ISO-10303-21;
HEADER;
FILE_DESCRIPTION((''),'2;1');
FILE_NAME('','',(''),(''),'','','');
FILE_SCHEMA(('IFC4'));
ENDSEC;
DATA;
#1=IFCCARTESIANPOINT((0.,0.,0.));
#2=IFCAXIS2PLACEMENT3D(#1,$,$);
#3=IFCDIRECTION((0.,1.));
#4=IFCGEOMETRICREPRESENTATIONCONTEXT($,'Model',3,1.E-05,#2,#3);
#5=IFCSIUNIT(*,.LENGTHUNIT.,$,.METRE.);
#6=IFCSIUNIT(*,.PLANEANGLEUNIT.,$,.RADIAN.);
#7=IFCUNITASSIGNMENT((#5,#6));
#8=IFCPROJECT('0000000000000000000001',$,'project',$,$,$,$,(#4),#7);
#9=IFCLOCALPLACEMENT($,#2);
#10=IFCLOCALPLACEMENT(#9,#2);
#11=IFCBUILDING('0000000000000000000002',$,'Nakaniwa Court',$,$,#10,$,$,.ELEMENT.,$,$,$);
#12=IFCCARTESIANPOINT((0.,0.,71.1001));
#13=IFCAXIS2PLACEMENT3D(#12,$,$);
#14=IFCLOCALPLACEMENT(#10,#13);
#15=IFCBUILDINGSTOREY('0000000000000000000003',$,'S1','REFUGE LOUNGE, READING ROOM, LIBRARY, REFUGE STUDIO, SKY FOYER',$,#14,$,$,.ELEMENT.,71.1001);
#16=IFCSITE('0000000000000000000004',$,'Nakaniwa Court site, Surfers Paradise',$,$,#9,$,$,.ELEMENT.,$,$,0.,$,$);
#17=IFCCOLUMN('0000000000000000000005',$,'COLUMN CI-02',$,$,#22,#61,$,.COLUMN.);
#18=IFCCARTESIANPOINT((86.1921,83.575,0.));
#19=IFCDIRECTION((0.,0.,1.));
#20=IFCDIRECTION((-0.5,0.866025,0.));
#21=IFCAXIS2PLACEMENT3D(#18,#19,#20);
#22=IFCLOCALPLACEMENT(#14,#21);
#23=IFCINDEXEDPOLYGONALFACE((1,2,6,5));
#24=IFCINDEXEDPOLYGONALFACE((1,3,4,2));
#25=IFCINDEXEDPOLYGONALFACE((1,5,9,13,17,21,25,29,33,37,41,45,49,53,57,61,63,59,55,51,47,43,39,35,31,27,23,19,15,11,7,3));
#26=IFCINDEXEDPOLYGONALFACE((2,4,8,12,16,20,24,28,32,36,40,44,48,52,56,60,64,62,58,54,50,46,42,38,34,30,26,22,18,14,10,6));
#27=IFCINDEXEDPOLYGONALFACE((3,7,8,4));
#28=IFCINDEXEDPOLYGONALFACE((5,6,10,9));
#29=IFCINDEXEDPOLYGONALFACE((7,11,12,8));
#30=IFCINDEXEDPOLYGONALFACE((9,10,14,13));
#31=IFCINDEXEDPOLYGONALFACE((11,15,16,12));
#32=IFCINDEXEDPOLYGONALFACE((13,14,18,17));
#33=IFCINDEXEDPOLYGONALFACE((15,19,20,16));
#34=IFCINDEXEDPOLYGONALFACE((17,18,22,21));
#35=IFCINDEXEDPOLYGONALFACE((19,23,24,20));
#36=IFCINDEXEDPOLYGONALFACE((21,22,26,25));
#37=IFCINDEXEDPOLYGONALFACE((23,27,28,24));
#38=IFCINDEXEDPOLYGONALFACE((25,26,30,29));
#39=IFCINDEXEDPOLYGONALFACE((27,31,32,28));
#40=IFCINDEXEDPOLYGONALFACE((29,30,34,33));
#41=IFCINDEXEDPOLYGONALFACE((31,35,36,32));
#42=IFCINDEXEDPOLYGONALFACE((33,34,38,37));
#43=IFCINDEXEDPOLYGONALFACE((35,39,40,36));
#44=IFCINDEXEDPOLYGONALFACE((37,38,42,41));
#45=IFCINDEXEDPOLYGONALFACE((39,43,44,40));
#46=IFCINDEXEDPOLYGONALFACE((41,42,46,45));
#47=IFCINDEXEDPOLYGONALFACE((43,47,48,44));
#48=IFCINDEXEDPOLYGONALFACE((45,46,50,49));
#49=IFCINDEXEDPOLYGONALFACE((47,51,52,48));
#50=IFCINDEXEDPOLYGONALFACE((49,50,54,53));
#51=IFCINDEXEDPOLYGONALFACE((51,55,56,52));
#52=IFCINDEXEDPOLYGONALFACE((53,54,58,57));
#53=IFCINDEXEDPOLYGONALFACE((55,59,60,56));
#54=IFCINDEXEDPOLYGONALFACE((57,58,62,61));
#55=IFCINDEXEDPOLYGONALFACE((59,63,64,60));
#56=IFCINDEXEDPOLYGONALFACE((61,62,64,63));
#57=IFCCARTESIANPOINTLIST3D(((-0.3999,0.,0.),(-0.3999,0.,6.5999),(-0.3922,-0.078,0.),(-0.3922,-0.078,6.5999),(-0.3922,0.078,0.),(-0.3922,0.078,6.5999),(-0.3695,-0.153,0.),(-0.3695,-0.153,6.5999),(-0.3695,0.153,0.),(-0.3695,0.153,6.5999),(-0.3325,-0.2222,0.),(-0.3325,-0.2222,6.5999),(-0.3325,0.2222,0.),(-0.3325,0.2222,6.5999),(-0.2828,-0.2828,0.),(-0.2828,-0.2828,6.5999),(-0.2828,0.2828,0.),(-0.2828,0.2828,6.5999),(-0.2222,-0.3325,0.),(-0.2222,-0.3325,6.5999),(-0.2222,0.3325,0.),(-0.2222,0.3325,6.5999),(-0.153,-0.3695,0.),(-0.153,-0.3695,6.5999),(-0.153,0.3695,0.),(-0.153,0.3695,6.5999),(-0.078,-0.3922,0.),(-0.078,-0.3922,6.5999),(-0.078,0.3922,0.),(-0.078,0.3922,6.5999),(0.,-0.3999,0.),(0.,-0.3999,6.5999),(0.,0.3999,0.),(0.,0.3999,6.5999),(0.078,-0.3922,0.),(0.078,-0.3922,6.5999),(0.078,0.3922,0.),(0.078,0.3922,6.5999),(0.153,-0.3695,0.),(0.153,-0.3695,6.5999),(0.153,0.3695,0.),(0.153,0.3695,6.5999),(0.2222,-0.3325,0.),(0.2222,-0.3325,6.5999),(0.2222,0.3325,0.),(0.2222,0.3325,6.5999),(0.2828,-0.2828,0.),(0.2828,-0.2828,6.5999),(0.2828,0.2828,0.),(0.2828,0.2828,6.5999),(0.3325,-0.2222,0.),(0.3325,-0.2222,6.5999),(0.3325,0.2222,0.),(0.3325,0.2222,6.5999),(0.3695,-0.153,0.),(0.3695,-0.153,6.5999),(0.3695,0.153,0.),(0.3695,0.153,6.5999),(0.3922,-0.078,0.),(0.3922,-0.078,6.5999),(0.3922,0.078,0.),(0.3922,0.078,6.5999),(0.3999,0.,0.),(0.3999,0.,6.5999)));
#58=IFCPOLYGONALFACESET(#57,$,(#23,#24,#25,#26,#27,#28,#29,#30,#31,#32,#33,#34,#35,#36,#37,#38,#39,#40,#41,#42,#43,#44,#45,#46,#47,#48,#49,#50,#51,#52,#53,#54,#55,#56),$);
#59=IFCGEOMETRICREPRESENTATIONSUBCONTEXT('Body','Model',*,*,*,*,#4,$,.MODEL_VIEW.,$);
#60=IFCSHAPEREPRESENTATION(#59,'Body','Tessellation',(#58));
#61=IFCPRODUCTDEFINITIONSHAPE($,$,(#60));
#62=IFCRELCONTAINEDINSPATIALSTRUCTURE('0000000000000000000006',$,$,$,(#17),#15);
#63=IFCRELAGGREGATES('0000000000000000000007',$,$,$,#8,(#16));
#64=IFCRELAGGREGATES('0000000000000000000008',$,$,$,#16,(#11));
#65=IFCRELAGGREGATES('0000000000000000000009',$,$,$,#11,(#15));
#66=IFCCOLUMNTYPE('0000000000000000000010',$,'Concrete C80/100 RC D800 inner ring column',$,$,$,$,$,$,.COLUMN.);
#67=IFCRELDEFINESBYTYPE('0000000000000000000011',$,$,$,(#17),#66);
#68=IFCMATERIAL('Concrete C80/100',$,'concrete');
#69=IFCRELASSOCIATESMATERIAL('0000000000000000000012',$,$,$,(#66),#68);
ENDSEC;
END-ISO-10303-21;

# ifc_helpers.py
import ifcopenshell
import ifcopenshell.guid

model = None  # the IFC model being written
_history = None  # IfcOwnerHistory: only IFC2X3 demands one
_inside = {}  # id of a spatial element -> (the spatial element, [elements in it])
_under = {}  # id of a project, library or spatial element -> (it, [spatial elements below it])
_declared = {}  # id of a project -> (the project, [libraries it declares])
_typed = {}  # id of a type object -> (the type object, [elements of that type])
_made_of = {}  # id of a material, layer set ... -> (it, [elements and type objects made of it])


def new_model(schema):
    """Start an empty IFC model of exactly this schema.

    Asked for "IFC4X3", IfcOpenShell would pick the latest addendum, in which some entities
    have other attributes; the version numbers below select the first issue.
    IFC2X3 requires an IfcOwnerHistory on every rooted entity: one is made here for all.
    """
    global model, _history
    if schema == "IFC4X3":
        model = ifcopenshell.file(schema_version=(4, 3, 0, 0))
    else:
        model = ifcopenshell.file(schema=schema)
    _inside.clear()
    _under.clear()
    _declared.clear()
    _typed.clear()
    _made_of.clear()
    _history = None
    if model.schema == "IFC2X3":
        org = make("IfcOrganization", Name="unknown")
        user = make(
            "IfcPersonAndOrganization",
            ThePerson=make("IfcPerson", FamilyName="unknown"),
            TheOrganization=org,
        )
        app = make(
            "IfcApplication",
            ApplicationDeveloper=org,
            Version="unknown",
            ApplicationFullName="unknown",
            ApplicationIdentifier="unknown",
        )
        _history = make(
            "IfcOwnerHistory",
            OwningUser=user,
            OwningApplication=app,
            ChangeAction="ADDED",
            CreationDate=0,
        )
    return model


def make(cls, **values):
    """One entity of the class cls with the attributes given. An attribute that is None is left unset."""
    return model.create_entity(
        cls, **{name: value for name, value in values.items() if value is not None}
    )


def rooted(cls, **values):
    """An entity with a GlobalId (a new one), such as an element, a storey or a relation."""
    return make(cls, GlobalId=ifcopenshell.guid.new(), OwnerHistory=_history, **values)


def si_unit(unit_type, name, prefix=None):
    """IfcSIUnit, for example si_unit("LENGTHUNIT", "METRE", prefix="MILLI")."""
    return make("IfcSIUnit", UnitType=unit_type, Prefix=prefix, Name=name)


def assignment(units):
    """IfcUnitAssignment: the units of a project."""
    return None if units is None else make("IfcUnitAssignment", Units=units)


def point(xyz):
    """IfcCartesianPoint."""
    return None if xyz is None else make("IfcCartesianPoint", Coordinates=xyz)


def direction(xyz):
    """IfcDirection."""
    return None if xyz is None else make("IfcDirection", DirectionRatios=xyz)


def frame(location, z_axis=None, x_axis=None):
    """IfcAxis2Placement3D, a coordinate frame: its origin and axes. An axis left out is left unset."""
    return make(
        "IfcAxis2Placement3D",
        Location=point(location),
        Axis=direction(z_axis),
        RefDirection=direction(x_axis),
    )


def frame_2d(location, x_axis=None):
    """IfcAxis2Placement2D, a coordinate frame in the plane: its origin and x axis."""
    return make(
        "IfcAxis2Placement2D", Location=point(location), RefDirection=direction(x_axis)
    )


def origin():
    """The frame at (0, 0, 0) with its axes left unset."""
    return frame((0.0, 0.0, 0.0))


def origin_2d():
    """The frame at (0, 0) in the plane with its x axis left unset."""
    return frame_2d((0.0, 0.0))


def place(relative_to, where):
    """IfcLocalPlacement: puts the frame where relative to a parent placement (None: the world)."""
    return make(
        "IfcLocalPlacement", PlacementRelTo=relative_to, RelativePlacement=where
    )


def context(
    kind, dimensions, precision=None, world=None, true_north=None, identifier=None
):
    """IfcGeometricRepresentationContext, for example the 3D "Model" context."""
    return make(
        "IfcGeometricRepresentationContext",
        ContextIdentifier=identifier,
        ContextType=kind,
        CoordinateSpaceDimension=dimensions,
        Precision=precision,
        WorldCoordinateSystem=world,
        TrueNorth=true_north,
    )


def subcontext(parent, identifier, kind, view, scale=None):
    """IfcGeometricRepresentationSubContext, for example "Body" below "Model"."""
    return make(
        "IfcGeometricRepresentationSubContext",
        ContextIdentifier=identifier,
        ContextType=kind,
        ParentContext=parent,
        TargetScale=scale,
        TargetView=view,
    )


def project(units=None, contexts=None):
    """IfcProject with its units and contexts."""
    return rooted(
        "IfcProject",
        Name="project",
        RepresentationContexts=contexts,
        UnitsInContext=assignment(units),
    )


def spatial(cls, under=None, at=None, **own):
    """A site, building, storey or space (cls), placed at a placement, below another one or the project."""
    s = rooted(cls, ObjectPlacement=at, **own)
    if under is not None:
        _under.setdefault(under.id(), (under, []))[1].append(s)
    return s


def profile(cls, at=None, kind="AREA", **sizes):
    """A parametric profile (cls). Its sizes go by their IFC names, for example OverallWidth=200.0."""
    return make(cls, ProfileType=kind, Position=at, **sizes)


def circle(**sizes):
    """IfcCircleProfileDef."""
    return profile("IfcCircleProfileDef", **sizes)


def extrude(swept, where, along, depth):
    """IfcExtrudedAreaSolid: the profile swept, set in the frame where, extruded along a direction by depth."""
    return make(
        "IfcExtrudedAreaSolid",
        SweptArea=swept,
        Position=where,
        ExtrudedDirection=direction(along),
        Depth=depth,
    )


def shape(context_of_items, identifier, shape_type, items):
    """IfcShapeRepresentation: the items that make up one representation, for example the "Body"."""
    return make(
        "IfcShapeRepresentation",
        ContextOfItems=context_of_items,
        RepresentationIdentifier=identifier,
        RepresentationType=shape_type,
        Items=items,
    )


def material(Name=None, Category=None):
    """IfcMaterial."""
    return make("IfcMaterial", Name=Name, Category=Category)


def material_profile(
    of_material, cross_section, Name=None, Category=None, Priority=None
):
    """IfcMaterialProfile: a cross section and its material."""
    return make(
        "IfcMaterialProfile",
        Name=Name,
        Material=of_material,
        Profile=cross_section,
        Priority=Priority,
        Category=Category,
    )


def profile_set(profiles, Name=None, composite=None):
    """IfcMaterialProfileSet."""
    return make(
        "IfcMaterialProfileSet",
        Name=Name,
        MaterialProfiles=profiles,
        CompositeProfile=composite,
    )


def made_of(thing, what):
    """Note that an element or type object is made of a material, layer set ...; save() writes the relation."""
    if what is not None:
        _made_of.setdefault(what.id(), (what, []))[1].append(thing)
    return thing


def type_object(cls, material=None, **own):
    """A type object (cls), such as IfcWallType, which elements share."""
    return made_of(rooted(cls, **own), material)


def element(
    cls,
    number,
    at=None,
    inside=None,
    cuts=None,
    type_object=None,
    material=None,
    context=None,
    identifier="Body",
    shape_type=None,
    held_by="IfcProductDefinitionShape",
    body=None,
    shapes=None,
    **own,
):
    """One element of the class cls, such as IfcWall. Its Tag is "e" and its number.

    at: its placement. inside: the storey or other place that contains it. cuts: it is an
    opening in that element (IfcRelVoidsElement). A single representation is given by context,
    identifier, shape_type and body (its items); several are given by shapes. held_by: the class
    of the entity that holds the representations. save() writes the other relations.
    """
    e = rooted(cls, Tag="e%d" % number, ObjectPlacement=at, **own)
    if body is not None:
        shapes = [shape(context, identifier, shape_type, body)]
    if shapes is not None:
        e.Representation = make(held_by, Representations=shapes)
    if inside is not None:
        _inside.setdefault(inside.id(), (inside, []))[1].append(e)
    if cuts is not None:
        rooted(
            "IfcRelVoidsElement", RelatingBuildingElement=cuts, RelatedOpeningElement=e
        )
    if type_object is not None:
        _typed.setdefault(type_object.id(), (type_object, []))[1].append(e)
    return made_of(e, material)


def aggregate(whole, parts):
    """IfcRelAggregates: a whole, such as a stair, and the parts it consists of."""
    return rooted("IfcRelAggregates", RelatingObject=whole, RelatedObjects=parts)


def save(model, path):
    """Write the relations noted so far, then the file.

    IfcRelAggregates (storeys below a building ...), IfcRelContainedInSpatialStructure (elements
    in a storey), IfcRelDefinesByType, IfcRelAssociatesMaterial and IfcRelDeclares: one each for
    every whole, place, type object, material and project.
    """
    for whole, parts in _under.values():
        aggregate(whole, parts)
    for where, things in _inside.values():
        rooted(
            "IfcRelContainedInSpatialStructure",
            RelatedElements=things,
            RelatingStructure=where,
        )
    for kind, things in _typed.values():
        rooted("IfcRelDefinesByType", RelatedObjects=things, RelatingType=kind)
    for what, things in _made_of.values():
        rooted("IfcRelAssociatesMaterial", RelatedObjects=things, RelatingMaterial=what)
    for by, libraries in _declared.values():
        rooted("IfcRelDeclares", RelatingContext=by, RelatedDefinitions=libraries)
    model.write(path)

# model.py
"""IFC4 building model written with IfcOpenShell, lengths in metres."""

from ifc_helpers import new_model, si_unit, direction, frame, origin, origin_2d, place, context, subcontext, project, spatial, circle, extrude, material, material_profile, profile_set, type_object, element, save


model = new_model("IFC4")

# Units and contexts
model_context = context("Model", 3, precision=1e-05, world=origin(), true_north=direction((0.0, 1.0)))
body_context = subcontext(model_context, "Body", "Model", "MODEL_VIEW")
ifc_project = project(units=[si_unit("LENGTHUNIT", "METRE"), si_unit("PLANEANGLEUNIT", "RADIAN")], contexts=[model_context])

# Site, building, storey
site_placement = place(None, origin())
site = spatial("IfcSite", under=ifc_project, at=site_placement, Name="Nakaniwa Court site, Surfers Paradise", CompositionType="ELEMENT", RefElevation=0.0)
building_placement = place(site_placement, origin())
building = spatial("IfcBuilding", under=site, at=building_placement, Name="Nakaniwa Court", CompositionType="ELEMENT")
storey_placement = place(building_placement, frame((0.0, 0.0, 71.1001)))
storey = spatial("IfcBuildingStorey", under=building, at=storey_placement, Name="S1", Description="REFUGE LOUNGE, READING ROOM, LIBRARY, REFUGE STUDIO, SKY FOYER", CompositionType="ELEMENT", Elevation=71.1001)

# Column
ifc_material_1 = material(Name="Concrete C80/100", Category="concrete")
ifc_material_profile_1 = material_profile(ifc_material_1, circle(Radius=0.3999, at=origin_2d()), Name="Concrete C80/100 RC D800 inner ring column")
ifc_profile_set_1 = profile_set([ifc_material_profile_1], Name="Concrete C80/100")
column_type_1 = type_object("IfcColumnType", Name="Concrete C80/100 RC D800 inner ring column", PredefinedType="COLUMN", material=ifc_profile_set_1)
column_1_placement = place(storey_placement, frame((86.1921, 83.575, 0.0), z_axis=(0.0, 0.0, 1.0), x_axis=(-0.5, 0.866025, 0.0)))
element("IfcColumn", 1, at=column_1_placement, inside=storey, type_object=column_type_1, Name="COLUMN CI-02", PredefinedType="COLUMN", context=body_context, shape_type="SweptSolid", body=[
    extrude(circle(Radius=0.3999, at=origin_2d()), origin(), (0.0, 0.0, 1.0), 6.5999),
])

save(model, "model.ifc")
